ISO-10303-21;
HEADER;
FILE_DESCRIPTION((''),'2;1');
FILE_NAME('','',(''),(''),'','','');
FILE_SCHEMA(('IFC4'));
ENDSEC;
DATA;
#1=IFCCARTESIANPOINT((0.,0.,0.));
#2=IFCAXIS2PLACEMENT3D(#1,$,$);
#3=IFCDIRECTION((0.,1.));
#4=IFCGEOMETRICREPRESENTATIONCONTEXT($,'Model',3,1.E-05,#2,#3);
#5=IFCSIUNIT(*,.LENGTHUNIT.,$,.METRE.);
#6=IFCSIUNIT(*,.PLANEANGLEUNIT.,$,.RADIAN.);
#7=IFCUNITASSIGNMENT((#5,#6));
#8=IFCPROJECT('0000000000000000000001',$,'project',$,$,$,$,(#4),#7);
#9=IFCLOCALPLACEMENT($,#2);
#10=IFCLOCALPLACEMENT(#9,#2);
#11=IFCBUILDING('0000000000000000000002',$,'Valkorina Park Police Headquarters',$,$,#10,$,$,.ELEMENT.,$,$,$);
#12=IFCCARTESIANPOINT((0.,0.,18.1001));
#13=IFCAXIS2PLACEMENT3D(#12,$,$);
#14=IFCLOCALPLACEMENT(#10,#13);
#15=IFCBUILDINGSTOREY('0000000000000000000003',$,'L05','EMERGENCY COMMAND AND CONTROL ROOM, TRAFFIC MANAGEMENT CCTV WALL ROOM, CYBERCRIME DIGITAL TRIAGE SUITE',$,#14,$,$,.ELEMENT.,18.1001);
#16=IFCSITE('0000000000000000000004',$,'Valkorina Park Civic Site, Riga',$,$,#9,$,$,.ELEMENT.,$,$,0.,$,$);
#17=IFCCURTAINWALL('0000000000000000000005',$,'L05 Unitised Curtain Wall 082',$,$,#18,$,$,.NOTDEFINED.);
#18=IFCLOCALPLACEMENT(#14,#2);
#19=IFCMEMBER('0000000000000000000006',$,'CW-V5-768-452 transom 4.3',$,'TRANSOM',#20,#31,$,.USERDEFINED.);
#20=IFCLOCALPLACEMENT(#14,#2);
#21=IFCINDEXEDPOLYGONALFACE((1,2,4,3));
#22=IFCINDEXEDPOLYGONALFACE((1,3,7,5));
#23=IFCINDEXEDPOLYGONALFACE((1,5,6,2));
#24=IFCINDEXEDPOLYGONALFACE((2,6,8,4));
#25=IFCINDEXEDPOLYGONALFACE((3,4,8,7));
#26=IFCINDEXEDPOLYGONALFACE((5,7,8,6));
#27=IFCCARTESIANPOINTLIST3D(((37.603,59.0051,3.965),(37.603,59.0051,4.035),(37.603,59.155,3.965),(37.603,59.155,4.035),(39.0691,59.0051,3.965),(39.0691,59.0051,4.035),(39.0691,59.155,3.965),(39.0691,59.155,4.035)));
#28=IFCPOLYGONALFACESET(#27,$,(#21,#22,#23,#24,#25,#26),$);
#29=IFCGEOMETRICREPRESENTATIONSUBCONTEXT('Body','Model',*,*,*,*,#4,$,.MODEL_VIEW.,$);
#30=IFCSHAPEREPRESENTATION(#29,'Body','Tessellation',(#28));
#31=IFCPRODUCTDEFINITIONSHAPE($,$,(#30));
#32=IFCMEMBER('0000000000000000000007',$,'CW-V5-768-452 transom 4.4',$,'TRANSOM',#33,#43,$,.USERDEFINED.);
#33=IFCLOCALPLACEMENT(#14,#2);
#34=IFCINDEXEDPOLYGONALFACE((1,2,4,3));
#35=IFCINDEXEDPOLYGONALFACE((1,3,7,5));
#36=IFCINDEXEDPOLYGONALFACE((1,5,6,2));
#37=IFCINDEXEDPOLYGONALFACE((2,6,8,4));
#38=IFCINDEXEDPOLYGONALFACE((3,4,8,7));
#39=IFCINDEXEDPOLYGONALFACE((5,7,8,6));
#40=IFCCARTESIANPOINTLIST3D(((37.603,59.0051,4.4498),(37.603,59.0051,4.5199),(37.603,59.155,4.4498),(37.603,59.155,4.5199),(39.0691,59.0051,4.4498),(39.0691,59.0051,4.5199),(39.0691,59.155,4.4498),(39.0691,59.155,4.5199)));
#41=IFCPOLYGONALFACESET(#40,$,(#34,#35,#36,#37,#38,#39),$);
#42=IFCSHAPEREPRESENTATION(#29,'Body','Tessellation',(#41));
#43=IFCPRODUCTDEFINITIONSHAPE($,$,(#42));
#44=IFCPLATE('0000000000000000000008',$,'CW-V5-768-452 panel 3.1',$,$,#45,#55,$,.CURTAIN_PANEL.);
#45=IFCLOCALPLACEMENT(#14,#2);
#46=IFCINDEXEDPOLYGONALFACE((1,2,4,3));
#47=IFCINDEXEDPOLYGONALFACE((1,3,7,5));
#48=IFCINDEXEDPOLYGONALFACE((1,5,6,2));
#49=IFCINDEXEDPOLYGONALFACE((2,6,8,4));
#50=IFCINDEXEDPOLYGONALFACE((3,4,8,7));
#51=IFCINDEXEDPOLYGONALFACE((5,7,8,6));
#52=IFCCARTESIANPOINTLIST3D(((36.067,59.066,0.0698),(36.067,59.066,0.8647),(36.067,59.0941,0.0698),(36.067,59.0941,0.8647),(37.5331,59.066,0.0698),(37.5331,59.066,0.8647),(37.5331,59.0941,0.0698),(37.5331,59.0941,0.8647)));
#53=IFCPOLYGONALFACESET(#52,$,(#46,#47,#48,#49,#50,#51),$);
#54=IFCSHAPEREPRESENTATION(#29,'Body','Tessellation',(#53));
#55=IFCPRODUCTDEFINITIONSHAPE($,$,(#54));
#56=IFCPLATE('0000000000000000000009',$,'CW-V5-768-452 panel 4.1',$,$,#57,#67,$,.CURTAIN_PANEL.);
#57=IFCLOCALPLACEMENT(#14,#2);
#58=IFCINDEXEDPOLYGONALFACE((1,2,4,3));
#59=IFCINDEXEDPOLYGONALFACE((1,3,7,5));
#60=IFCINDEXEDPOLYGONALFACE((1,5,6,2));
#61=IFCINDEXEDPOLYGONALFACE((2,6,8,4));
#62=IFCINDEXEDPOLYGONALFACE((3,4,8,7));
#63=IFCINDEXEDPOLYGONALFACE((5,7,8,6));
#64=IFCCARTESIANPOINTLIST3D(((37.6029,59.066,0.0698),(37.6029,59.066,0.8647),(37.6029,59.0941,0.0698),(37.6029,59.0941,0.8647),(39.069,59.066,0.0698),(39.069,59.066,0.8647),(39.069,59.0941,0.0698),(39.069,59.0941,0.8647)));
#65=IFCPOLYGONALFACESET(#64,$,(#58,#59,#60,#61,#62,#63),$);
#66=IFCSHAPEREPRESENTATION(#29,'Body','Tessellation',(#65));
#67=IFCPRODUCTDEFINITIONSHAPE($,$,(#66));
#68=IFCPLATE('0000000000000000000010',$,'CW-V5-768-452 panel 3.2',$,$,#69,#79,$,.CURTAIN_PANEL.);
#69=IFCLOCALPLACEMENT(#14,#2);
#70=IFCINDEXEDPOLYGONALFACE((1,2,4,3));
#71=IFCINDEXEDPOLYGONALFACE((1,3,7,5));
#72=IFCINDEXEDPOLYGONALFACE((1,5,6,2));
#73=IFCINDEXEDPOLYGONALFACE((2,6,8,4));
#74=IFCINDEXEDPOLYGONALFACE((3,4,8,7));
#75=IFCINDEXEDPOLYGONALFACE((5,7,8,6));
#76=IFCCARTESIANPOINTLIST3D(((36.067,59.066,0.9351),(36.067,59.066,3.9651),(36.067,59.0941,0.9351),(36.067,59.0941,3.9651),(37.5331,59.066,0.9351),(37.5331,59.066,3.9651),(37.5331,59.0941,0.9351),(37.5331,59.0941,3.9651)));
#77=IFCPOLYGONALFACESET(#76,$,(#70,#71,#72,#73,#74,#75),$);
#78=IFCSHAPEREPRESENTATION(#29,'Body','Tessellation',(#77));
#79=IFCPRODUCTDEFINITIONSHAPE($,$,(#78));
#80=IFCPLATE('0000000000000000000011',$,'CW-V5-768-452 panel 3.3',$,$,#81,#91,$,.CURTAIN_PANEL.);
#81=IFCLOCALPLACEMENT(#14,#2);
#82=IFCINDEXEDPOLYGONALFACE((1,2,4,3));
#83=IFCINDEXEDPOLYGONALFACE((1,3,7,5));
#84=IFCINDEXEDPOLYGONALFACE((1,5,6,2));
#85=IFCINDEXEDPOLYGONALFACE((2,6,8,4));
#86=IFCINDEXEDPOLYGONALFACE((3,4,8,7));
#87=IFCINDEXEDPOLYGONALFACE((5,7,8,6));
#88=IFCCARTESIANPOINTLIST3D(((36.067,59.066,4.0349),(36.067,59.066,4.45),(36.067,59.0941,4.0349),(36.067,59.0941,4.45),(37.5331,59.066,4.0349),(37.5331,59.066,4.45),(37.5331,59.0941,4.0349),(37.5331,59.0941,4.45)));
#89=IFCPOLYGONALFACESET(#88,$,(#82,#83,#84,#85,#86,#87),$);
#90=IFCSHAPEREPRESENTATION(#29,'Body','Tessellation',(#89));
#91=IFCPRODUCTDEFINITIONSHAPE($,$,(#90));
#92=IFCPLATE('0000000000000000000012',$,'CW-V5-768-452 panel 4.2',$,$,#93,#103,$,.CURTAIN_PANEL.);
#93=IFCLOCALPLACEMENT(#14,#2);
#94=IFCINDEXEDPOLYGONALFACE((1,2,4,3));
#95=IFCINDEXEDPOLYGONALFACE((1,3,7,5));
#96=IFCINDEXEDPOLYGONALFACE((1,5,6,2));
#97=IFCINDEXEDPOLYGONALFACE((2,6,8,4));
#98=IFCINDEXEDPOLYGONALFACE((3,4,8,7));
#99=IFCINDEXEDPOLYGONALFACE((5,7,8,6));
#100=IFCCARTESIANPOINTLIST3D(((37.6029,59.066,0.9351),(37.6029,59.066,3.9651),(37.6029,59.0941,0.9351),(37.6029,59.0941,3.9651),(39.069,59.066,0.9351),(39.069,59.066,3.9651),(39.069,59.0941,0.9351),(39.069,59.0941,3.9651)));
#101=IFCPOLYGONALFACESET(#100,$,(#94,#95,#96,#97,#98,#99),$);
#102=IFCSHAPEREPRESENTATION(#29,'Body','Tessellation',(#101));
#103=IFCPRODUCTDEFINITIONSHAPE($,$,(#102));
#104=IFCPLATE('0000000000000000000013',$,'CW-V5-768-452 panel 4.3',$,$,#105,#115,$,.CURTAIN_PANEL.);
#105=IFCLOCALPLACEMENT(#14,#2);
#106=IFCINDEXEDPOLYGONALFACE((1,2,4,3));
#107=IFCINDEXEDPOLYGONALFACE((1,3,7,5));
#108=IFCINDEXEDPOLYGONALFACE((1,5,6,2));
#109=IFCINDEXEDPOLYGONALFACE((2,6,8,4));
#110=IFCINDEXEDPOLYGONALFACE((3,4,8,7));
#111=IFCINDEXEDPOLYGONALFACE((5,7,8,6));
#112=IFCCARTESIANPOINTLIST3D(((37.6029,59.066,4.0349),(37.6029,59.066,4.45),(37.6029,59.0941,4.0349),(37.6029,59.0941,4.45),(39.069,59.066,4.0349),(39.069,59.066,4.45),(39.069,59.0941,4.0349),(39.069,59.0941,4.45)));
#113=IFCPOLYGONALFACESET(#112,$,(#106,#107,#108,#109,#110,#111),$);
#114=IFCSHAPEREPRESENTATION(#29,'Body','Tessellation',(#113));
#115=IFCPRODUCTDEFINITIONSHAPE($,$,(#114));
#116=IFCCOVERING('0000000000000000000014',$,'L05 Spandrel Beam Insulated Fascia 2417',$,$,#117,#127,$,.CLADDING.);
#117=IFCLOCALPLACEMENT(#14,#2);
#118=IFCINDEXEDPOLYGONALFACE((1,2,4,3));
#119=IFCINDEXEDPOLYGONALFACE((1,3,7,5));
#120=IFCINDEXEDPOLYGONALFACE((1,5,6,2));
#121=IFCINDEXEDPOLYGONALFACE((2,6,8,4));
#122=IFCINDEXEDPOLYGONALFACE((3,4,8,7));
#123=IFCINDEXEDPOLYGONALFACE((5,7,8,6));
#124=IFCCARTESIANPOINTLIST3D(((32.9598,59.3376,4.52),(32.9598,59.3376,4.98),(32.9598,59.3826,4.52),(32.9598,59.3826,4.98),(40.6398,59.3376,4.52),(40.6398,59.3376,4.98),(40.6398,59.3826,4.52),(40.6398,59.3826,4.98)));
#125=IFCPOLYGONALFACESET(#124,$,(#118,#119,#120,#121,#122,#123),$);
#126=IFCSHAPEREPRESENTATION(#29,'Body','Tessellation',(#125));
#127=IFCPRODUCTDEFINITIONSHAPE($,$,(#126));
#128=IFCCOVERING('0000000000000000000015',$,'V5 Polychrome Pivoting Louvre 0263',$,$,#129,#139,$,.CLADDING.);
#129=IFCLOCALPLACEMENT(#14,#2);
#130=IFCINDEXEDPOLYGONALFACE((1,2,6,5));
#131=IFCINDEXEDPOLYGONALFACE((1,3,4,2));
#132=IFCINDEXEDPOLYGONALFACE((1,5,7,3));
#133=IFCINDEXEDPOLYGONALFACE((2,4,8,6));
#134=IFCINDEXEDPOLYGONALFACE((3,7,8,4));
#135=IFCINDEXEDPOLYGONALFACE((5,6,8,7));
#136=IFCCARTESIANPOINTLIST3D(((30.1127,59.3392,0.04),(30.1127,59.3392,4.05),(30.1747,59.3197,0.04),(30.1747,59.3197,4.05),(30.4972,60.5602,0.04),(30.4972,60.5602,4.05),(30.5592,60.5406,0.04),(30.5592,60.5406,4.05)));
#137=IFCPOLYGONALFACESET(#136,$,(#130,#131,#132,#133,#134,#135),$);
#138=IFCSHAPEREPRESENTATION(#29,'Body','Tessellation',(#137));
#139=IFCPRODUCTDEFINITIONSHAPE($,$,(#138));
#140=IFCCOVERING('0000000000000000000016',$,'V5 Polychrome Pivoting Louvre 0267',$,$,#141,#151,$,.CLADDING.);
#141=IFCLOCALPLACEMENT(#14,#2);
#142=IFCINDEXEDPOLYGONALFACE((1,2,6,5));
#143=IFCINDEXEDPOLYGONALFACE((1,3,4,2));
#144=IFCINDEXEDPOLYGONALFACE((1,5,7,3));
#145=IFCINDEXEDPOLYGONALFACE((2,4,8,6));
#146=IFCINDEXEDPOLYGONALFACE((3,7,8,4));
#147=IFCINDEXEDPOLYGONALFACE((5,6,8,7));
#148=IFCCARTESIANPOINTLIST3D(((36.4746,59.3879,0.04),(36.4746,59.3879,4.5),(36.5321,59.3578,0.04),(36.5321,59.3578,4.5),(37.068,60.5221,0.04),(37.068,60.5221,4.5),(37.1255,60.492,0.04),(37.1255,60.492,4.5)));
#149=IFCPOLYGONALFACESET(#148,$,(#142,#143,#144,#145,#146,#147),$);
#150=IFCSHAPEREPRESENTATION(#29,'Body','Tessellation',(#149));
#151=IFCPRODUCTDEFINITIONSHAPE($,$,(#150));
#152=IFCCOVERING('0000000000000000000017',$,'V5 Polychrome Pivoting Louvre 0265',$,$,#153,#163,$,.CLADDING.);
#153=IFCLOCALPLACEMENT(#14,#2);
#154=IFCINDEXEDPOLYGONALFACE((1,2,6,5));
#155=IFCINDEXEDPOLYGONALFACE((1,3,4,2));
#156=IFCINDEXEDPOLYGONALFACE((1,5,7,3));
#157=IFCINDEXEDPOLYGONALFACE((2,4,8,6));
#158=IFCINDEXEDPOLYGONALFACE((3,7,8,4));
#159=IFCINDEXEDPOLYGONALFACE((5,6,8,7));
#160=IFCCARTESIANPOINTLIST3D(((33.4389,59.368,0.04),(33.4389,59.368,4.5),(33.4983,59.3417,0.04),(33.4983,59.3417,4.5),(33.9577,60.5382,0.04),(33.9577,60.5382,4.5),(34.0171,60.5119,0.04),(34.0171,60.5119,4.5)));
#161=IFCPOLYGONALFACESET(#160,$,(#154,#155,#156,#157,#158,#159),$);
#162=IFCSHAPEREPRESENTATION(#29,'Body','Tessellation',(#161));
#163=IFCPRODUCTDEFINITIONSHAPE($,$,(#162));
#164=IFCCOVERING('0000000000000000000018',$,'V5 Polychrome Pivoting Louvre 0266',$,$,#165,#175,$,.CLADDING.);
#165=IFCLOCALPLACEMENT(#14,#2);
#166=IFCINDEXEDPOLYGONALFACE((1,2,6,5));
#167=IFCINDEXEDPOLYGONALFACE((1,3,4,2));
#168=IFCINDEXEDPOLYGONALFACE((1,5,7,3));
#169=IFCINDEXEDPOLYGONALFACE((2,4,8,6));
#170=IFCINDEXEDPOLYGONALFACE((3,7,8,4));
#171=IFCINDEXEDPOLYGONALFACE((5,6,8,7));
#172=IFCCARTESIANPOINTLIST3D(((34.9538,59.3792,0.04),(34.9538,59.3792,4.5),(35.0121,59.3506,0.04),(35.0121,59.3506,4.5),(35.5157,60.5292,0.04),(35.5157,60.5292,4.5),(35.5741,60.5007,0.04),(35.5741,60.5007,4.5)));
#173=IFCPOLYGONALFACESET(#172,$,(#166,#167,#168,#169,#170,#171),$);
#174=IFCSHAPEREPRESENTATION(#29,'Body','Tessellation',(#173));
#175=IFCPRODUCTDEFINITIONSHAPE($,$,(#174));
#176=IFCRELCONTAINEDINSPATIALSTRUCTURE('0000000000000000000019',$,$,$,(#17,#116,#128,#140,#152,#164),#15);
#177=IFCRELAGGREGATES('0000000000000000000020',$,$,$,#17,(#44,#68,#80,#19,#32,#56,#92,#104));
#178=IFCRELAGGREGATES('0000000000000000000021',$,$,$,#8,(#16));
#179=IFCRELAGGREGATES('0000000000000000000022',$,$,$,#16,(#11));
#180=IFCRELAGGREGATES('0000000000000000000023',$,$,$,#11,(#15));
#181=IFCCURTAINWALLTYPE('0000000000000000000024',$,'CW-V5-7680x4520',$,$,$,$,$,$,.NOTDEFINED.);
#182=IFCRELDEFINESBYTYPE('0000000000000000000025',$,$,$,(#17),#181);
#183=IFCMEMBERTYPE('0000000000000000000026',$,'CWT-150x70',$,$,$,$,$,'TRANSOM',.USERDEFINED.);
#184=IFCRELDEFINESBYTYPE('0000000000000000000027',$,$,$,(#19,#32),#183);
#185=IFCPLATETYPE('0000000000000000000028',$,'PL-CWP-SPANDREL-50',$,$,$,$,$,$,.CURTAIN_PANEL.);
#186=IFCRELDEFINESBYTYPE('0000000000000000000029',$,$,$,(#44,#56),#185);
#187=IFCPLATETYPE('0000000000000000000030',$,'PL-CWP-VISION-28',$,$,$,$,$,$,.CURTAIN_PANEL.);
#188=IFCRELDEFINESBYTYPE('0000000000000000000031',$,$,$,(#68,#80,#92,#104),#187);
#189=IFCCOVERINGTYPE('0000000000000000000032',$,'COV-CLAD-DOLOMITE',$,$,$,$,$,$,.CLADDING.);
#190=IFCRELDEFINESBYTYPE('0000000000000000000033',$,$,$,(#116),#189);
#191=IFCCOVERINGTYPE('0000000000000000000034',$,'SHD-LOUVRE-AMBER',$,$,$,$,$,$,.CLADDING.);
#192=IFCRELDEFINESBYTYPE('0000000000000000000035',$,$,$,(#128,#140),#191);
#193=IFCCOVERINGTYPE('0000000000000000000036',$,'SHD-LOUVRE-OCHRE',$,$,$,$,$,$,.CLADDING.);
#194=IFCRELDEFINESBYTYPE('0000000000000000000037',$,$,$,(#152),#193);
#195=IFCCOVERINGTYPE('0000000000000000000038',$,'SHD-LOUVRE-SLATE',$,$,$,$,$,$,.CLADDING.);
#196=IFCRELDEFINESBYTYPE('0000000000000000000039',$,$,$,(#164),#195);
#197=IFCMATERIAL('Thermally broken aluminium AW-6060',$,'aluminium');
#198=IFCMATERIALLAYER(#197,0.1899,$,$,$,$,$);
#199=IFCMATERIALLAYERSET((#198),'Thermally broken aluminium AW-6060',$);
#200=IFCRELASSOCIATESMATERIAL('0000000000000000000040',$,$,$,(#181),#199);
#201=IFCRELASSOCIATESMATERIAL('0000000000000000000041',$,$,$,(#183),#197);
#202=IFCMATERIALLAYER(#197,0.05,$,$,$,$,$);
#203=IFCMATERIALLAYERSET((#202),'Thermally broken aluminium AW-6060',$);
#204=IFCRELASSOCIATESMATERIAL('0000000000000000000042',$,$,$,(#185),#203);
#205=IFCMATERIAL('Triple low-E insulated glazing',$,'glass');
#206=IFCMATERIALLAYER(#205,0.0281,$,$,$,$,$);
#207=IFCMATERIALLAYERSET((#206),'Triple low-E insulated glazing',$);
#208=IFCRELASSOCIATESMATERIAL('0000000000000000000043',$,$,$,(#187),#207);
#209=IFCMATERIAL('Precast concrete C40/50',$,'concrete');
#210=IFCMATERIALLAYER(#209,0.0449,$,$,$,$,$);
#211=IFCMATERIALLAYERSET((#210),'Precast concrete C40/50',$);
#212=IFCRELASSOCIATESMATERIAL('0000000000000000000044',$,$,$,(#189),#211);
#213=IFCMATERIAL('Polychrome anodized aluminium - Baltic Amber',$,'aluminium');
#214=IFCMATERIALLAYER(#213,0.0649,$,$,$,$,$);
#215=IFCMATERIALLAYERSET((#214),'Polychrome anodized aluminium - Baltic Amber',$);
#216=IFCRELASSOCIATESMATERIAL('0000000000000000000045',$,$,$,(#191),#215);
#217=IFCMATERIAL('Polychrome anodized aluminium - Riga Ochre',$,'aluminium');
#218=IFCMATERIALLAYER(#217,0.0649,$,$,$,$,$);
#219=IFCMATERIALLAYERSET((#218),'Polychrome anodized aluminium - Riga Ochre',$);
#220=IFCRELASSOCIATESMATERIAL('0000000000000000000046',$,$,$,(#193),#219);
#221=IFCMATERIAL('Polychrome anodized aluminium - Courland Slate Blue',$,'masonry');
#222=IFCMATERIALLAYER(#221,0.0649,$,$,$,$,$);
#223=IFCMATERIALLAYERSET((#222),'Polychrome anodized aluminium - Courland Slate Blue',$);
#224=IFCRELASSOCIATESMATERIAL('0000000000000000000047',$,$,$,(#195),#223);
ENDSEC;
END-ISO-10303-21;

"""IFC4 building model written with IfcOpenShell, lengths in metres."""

from ifc_helpers import new_model, si_unit, direction, frame, frame_2d, origin, origin_2d, place, context, subcontext, project, spatial, rectangle, extrude, material, layer, layer_set, material_profile, profile_set, type_object, element, aggregate, save


model = new_model("IFC4")

# Units and contexts
model_context = context("Model", 3, precision=1e-05, world=origin(), true_north=direction((0.0, 1.0)))
body_context = subcontext(model_context, "Body", "Model", "MODEL_VIEW")
ifc_project = project(units=[si_unit("LENGTHUNIT", "METRE"), si_unit("PLANEANGLEUNIT", "RADIAN")], contexts=[model_context])

# Site, building, storey
site_placement = place(None, origin())
site = spatial("IfcSite", under=ifc_project, at=site_placement, Name="Valkorina Park Civic Site, Riga", CompositionType="ELEMENT", RefElevation=0.0)
building_placement = place(site_placement, origin())
building = spatial("IfcBuilding", under=site, at=building_placement, Name="Valkorina Park Police Headquarters", CompositionType="ELEMENT")
storey_placement = place(building_placement, frame((0.0, 0.0, 18.1001)))
storey = spatial("IfcBuildingStorey", under=building, at=storey_placement, Name="L05", Description="EMERGENCY COMMAND AND CONTROL ROOM, TRAFFIC MANAGEMENT CCTV WALL ROOM, CYBERCRIME DIGITAL TRIAGE SUITE", CompositionType="ELEMENT", Elevation=18.1001)

# Curtain wall, members, plates
ifc_material_1 = material(Name="Thermally broken aluminium AW-6060", Category="aluminium")
ifc_layer_1 = layer(ifc_material_1, 0.1899)
ifc_layer_set_1 = layer_set([ifc_layer_1], Name="Thermally broken aluminium AW-6060")
curtain_wall_type = type_object("IfcCurtainWallType", Name="CW-V5-7680x4520", PredefinedType="NOTDEFINED", material=ifc_layer_set_1)
curtain_wall_placement = place(storey_placement, origin())
curtain_wall = element("IfcCurtainWall", 1, at=curtain_wall_placement, inside=storey, type_object=curtain_wall_type, Name="L05 Unitised Curtain Wall 082", PredefinedType="NOTDEFINED")
ifc_material_profile_1 = material_profile(ifc_material_1, rectangle(XDim=0.1499, YDim=0.0701, at=origin_2d()), Name="CWT-02 150x70")
ifc_profile_set_1 = profile_set([ifc_material_profile_1], Name="Thermally broken aluminium AW-6060")
member_type_1 = type_object("IfcMemberType", Name="CWT-150x70", ElementType="TRANSOM", PredefinedType="USERDEFINED", material=ifc_profile_set_1)
member_1_placement = place(storey_placement, frame((37.603, 59.0801, 4.0), z_axis=(1.0, 0.0, 0.0), x_axis=(0.0, 1.0, 0.0)))
member_1 = element("IfcMember", 2, at=member_1_placement, type_object=member_type_1, Name="CW-V5-768-452 transom 4.3", ObjectType="TRANSOM", PredefinedType="USERDEFINED", context=body_context, shape_type="SweptSolid", body=[
    extrude(rectangle(XDim=0.1499, YDim=0.0701, at=origin_2d()), origin(), (0.0, 0.0, 1.0), 1.4661),
])
member_2_placement = place(storey_placement, frame((37.603, 59.0801, 4.4849), z_axis=(1.0, 0.0, 0.0), x_axis=(0.0, 1.0, 0.0)))
member_2 = element("IfcMember", 3, at=member_2_placement, type_object=member_type_1, Name="CW-V5-768-452 transom 4.4", ObjectType="TRANSOM", PredefinedType="USERDEFINED", context=body_context, shape_type="SweptSolid", body=[
    extrude(rectangle(XDim=0.1499, YDim=0.0701, at=origin_2d()), origin(), (0.0, 0.0, 1.0), 1.4661),
])
ifc_layer_2 = layer(ifc_material_1, 0.05)
ifc_layer_set_2 = layer_set([ifc_layer_2], Name="Thermally broken aluminium AW-6060")
plate_type_1 = type_object("IfcPlateType", Name="PL-CWP-SPANDREL-50", PredefinedType="CURTAIN_PANEL", material=ifc_layer_set_2)
plate_1_placement = place(storey_placement, frame((36.8, 59.0801, 0.0698), z_axis=(0.0, 0.0, 1.0), x_axis=(1.0, 0.0, 0.0)))
plate_1 = element("IfcPlate", 4, at=plate_1_placement, type_object=plate_type_1, Name="CW-V5-768-452 panel 3.1", PredefinedType="CURTAIN_PANEL", context=body_context, shape_type="SweptSolid", body=[
    extrude(rectangle(XDim=1.4661, YDim=0.0281, at=origin_2d()), origin(), (0.0, 0.0, 1.0), 0.7949),
])
plate_2_placement = place(storey_placement, frame((38.3359, 59.0801, 0.0698), z_axis=(0.0, 0.0, 1.0), x_axis=(1.0, 0.0, 0.0)))
plate_2 = element("IfcPlate", 5, at=plate_2_placement, type_object=plate_type_1, Name="CW-V5-768-452 panel 4.1", PredefinedType="CURTAIN_PANEL", context=body_context, shape_type="SweptSolid", body=[
    extrude(rectangle(XDim=1.4661, YDim=0.0281, at=origin_2d()), origin(), (0.0, 0.0, 1.0), 0.7949),
])
ifc_material_2 = material(Name="Triple low-E insulated glazing", Category="glass")
ifc_layer_3 = layer(ifc_material_2, 0.0281)
ifc_layer_set_3 = layer_set([ifc_layer_3], Name="Triple low-E insulated glazing")
plate_type_2 = type_object("IfcPlateType", Name="PL-CWP-VISION-28", PredefinedType="CURTAIN_PANEL", material=ifc_layer_set_3)
plate_3_placement = place(storey_placement, frame((36.8, 59.0801, 0.9351), z_axis=(0.0, 0.0, 1.0), x_axis=(1.0, 0.0, 0.0)))
plate_3 = element("IfcPlate", 6, at=plate_3_placement, type_object=plate_type_2, Name="CW-V5-768-452 panel 3.2", PredefinedType="CURTAIN_PANEL", context=body_context, shape_type="SweptSolid", body=[
    extrude(rectangle(XDim=1.4661, YDim=0.0281, at=origin_2d()), origin(), (0.0, 0.0, 1.0), 3.03),
])
plate_4_placement = place(storey_placement, frame((36.8, 59.0801, 4.0349), z_axis=(0.0, 0.0, 1.0), x_axis=(1.0, 0.0, 0.0)))
plate_4 = element("IfcPlate", 7, at=plate_4_placement, type_object=plate_type_2, Name="CW-V5-768-452 panel 3.3", PredefinedType="CURTAIN_PANEL", context=body_context, shape_type="SweptSolid", body=[
    extrude(rectangle(XDim=1.4661, YDim=0.0281, at=origin_2d()), origin(), (0.0, 0.0, 1.0), 0.415),
])
plate_5_placement = place(storey_placement, frame((38.3359, 59.0801, 0.9351), z_axis=(0.0, 0.0, 1.0), x_axis=(1.0, 0.0, 0.0)))
plate_5 = element("IfcPlate", 8, at=plate_5_placement, type_object=plate_type_2, Name="CW-V5-768-452 panel 4.2", PredefinedType="CURTAIN_PANEL", context=body_context, shape_type="SweptSolid", body=[
    extrude(rectangle(XDim=1.4661, YDim=0.0281, at=origin_2d()), origin(), (0.0, 0.0, 1.0), 3.03),
])
plate_6_placement = place(storey_placement, frame((38.3359, 59.0801, 4.0349), z_axis=(0.0, 0.0, 1.0), x_axis=(1.0, 0.0, 0.0)))
plate_6 = element("IfcPlate", 9, at=plate_6_placement, type_object=plate_type_2, Name="CW-V5-768-452 panel 4.3", PredefinedType="CURTAIN_PANEL", context=body_context, shape_type="SweptSolid", body=[
    extrude(rectangle(XDim=1.4661, YDim=0.0281, at=origin_2d()), origin(), (0.0, 0.0, 1.0), 0.415),
])
aggregate(curtain_wall, [plate_1, plate_3, plate_4, member_1, member_2, plate_2, plate_5, plate_6])

# Coverings
ifc_material_3 = material(Name="Precast concrete C40/50", Category="concrete")
ifc_layer_4 = layer(ifc_material_3, 0.0449)
ifc_layer_set_4 = layer_set([ifc_layer_4], Name="Precast concrete C40/50")
covering_type_1 = type_object("IfcCoveringType", Name="COV-CLAD-DOLOMITE", PredefinedType="CLADDING", material=ifc_layer_set_4)
covering_1_placement = place(storey_placement, frame((32.96, 59.3601, 4.52), z_axis=(0.0, 0.0, 1.0), x_axis=(1.0, 0.0, 0.0)))
element("IfcCovering", 10, at=covering_1_placement, inside=storey, type_object=covering_type_1, Name="L05 Spandrel Beam Insulated Fascia 2417", PredefinedType="CLADDING", context=body_context, shape_type="SweptSolid", body=[
    extrude(rectangle(XDim=7.6799, YDim=0.0449, at=frame_2d((3.8398, 0.0))), origin(), (0.0, 0.0, 1.0), 0.46),
])
ifc_material_4 = material(Name="Polychrome anodized aluminium - Baltic Amber", Category="aluminium")
ifc_layer_5 = layer(ifc_material_4, 0.0649)
ifc_layer_set_5 = layer_set([ifc_layer_5], Name="Polychrome anodized aluminium - Baltic Amber")
covering_type_2 = type_object("IfcCoveringType", Name="SHD-LOUVRE-AMBER", PredefinedType="CLADDING", material=ifc_layer_set_5)
covering_2_placement = place(storey_placement, frame((30.3359, 59.9399, 0.04), z_axis=(0.0, 0.0, 1.0), x_axis=(0.300373, 0.953822, 0.0)))
element("IfcCovering", 11, at=covering_2_placement, inside=storey, type_object=covering_type_2, Name="V5 Polychrome Pivoting Louvre 0263", PredefinedType="CLADDING", context=body_context, shape_type="SweptSolid", body=[
    extrude(rectangle(XDim=1.28, YDim=0.0649, at=origin_2d()), origin(), (0.0, 0.0, 1.0), 4.01),
])
covering_3_placement = place(storey_placement, frame((36.8, 59.9399, 0.04), z_axis=(0.0, 0.0, 1.0), x_axis=(0.463605, 0.886042, 0.0)))
element("IfcCovering", 12, at=covering_3_placement, inside=storey, type_object=covering_type_2, Name="V5 Polychrome Pivoting Louvre 0267", PredefinedType="CLADDING", context=body_context, shape_type="SweptSolid", body=[
    extrude(rectangle(XDim=1.28, YDim=0.0649, at=origin_2d()), origin(), (0.0, 0.0, 1.0), 4.46),
])
ifc_material_5 = material(Name="Polychrome anodized aluminium - Riga Ochre", Category="aluminium")
ifc_layer_6 = layer(ifc_material_5, 0.0649)
ifc_layer_set_6 = layer_set([ifc_layer_6], Name="Polychrome anodized aluminium - Riga Ochre")
covering_type_3 = type_object("IfcCoveringType", Name="SHD-LOUVRE-OCHRE", PredefinedType="CLADDING", material=ifc_layer_set_6)
covering_4_placement = place(storey_placement, frame((33.728, 59.9399, 0.04), z_axis=(0.0, 0.0, 1.0), x_axis=(0.405301, 0.914183, 0.0)))
element("IfcCovering", 13, at=covering_4_placement, inside=storey, type_object=covering_type_3, Name="V5 Polychrome Pivoting Louvre 0265", PredefinedType="CLADDING", context=body_context, shape_type="SweptSolid", body=[
    extrude(rectangle(XDim=1.28, YDim=0.0649, at=origin_2d()), origin(), (0.0, 0.0, 1.0), 4.46),
])
ifc_material_6 = material(Name="Polychrome anodized aluminium - Courland Slate Blue", Category="masonry")
ifc_layer_7 = layer(ifc_material_6, 0.0649)
ifc_layer_set_7 = layer_set([ifc_layer_7], Name="Polychrome anodized aluminium - Courland Slate Blue")
covering_type_4 = type_object("IfcCoveringType", Name="SHD-LOUVRE-SLATE", PredefinedType="CLADDING", material=ifc_layer_set_7)
covering_5_placement = place(storey_placement, frame((35.2639, 59.9399, 0.04), z_axis=(0.0, 0.0, 1.0), x_axis=(0.438999, 0.898488, 0.0)))
element("IfcCovering", 14, at=covering_5_placement, inside=storey, type_object=covering_type_4, Name="V5 Polychrome Pivoting Louvre 0266", PredefinedType="CLADDING", context=body_context, shape_type="SweptSolid", body=[
    extrude(rectangle(XDim=1.28, YDim=0.0649, at=origin_2d()), origin(), (0.0, 0.0, 1.0), 4.46),
])

save(model, "model.ifc")
